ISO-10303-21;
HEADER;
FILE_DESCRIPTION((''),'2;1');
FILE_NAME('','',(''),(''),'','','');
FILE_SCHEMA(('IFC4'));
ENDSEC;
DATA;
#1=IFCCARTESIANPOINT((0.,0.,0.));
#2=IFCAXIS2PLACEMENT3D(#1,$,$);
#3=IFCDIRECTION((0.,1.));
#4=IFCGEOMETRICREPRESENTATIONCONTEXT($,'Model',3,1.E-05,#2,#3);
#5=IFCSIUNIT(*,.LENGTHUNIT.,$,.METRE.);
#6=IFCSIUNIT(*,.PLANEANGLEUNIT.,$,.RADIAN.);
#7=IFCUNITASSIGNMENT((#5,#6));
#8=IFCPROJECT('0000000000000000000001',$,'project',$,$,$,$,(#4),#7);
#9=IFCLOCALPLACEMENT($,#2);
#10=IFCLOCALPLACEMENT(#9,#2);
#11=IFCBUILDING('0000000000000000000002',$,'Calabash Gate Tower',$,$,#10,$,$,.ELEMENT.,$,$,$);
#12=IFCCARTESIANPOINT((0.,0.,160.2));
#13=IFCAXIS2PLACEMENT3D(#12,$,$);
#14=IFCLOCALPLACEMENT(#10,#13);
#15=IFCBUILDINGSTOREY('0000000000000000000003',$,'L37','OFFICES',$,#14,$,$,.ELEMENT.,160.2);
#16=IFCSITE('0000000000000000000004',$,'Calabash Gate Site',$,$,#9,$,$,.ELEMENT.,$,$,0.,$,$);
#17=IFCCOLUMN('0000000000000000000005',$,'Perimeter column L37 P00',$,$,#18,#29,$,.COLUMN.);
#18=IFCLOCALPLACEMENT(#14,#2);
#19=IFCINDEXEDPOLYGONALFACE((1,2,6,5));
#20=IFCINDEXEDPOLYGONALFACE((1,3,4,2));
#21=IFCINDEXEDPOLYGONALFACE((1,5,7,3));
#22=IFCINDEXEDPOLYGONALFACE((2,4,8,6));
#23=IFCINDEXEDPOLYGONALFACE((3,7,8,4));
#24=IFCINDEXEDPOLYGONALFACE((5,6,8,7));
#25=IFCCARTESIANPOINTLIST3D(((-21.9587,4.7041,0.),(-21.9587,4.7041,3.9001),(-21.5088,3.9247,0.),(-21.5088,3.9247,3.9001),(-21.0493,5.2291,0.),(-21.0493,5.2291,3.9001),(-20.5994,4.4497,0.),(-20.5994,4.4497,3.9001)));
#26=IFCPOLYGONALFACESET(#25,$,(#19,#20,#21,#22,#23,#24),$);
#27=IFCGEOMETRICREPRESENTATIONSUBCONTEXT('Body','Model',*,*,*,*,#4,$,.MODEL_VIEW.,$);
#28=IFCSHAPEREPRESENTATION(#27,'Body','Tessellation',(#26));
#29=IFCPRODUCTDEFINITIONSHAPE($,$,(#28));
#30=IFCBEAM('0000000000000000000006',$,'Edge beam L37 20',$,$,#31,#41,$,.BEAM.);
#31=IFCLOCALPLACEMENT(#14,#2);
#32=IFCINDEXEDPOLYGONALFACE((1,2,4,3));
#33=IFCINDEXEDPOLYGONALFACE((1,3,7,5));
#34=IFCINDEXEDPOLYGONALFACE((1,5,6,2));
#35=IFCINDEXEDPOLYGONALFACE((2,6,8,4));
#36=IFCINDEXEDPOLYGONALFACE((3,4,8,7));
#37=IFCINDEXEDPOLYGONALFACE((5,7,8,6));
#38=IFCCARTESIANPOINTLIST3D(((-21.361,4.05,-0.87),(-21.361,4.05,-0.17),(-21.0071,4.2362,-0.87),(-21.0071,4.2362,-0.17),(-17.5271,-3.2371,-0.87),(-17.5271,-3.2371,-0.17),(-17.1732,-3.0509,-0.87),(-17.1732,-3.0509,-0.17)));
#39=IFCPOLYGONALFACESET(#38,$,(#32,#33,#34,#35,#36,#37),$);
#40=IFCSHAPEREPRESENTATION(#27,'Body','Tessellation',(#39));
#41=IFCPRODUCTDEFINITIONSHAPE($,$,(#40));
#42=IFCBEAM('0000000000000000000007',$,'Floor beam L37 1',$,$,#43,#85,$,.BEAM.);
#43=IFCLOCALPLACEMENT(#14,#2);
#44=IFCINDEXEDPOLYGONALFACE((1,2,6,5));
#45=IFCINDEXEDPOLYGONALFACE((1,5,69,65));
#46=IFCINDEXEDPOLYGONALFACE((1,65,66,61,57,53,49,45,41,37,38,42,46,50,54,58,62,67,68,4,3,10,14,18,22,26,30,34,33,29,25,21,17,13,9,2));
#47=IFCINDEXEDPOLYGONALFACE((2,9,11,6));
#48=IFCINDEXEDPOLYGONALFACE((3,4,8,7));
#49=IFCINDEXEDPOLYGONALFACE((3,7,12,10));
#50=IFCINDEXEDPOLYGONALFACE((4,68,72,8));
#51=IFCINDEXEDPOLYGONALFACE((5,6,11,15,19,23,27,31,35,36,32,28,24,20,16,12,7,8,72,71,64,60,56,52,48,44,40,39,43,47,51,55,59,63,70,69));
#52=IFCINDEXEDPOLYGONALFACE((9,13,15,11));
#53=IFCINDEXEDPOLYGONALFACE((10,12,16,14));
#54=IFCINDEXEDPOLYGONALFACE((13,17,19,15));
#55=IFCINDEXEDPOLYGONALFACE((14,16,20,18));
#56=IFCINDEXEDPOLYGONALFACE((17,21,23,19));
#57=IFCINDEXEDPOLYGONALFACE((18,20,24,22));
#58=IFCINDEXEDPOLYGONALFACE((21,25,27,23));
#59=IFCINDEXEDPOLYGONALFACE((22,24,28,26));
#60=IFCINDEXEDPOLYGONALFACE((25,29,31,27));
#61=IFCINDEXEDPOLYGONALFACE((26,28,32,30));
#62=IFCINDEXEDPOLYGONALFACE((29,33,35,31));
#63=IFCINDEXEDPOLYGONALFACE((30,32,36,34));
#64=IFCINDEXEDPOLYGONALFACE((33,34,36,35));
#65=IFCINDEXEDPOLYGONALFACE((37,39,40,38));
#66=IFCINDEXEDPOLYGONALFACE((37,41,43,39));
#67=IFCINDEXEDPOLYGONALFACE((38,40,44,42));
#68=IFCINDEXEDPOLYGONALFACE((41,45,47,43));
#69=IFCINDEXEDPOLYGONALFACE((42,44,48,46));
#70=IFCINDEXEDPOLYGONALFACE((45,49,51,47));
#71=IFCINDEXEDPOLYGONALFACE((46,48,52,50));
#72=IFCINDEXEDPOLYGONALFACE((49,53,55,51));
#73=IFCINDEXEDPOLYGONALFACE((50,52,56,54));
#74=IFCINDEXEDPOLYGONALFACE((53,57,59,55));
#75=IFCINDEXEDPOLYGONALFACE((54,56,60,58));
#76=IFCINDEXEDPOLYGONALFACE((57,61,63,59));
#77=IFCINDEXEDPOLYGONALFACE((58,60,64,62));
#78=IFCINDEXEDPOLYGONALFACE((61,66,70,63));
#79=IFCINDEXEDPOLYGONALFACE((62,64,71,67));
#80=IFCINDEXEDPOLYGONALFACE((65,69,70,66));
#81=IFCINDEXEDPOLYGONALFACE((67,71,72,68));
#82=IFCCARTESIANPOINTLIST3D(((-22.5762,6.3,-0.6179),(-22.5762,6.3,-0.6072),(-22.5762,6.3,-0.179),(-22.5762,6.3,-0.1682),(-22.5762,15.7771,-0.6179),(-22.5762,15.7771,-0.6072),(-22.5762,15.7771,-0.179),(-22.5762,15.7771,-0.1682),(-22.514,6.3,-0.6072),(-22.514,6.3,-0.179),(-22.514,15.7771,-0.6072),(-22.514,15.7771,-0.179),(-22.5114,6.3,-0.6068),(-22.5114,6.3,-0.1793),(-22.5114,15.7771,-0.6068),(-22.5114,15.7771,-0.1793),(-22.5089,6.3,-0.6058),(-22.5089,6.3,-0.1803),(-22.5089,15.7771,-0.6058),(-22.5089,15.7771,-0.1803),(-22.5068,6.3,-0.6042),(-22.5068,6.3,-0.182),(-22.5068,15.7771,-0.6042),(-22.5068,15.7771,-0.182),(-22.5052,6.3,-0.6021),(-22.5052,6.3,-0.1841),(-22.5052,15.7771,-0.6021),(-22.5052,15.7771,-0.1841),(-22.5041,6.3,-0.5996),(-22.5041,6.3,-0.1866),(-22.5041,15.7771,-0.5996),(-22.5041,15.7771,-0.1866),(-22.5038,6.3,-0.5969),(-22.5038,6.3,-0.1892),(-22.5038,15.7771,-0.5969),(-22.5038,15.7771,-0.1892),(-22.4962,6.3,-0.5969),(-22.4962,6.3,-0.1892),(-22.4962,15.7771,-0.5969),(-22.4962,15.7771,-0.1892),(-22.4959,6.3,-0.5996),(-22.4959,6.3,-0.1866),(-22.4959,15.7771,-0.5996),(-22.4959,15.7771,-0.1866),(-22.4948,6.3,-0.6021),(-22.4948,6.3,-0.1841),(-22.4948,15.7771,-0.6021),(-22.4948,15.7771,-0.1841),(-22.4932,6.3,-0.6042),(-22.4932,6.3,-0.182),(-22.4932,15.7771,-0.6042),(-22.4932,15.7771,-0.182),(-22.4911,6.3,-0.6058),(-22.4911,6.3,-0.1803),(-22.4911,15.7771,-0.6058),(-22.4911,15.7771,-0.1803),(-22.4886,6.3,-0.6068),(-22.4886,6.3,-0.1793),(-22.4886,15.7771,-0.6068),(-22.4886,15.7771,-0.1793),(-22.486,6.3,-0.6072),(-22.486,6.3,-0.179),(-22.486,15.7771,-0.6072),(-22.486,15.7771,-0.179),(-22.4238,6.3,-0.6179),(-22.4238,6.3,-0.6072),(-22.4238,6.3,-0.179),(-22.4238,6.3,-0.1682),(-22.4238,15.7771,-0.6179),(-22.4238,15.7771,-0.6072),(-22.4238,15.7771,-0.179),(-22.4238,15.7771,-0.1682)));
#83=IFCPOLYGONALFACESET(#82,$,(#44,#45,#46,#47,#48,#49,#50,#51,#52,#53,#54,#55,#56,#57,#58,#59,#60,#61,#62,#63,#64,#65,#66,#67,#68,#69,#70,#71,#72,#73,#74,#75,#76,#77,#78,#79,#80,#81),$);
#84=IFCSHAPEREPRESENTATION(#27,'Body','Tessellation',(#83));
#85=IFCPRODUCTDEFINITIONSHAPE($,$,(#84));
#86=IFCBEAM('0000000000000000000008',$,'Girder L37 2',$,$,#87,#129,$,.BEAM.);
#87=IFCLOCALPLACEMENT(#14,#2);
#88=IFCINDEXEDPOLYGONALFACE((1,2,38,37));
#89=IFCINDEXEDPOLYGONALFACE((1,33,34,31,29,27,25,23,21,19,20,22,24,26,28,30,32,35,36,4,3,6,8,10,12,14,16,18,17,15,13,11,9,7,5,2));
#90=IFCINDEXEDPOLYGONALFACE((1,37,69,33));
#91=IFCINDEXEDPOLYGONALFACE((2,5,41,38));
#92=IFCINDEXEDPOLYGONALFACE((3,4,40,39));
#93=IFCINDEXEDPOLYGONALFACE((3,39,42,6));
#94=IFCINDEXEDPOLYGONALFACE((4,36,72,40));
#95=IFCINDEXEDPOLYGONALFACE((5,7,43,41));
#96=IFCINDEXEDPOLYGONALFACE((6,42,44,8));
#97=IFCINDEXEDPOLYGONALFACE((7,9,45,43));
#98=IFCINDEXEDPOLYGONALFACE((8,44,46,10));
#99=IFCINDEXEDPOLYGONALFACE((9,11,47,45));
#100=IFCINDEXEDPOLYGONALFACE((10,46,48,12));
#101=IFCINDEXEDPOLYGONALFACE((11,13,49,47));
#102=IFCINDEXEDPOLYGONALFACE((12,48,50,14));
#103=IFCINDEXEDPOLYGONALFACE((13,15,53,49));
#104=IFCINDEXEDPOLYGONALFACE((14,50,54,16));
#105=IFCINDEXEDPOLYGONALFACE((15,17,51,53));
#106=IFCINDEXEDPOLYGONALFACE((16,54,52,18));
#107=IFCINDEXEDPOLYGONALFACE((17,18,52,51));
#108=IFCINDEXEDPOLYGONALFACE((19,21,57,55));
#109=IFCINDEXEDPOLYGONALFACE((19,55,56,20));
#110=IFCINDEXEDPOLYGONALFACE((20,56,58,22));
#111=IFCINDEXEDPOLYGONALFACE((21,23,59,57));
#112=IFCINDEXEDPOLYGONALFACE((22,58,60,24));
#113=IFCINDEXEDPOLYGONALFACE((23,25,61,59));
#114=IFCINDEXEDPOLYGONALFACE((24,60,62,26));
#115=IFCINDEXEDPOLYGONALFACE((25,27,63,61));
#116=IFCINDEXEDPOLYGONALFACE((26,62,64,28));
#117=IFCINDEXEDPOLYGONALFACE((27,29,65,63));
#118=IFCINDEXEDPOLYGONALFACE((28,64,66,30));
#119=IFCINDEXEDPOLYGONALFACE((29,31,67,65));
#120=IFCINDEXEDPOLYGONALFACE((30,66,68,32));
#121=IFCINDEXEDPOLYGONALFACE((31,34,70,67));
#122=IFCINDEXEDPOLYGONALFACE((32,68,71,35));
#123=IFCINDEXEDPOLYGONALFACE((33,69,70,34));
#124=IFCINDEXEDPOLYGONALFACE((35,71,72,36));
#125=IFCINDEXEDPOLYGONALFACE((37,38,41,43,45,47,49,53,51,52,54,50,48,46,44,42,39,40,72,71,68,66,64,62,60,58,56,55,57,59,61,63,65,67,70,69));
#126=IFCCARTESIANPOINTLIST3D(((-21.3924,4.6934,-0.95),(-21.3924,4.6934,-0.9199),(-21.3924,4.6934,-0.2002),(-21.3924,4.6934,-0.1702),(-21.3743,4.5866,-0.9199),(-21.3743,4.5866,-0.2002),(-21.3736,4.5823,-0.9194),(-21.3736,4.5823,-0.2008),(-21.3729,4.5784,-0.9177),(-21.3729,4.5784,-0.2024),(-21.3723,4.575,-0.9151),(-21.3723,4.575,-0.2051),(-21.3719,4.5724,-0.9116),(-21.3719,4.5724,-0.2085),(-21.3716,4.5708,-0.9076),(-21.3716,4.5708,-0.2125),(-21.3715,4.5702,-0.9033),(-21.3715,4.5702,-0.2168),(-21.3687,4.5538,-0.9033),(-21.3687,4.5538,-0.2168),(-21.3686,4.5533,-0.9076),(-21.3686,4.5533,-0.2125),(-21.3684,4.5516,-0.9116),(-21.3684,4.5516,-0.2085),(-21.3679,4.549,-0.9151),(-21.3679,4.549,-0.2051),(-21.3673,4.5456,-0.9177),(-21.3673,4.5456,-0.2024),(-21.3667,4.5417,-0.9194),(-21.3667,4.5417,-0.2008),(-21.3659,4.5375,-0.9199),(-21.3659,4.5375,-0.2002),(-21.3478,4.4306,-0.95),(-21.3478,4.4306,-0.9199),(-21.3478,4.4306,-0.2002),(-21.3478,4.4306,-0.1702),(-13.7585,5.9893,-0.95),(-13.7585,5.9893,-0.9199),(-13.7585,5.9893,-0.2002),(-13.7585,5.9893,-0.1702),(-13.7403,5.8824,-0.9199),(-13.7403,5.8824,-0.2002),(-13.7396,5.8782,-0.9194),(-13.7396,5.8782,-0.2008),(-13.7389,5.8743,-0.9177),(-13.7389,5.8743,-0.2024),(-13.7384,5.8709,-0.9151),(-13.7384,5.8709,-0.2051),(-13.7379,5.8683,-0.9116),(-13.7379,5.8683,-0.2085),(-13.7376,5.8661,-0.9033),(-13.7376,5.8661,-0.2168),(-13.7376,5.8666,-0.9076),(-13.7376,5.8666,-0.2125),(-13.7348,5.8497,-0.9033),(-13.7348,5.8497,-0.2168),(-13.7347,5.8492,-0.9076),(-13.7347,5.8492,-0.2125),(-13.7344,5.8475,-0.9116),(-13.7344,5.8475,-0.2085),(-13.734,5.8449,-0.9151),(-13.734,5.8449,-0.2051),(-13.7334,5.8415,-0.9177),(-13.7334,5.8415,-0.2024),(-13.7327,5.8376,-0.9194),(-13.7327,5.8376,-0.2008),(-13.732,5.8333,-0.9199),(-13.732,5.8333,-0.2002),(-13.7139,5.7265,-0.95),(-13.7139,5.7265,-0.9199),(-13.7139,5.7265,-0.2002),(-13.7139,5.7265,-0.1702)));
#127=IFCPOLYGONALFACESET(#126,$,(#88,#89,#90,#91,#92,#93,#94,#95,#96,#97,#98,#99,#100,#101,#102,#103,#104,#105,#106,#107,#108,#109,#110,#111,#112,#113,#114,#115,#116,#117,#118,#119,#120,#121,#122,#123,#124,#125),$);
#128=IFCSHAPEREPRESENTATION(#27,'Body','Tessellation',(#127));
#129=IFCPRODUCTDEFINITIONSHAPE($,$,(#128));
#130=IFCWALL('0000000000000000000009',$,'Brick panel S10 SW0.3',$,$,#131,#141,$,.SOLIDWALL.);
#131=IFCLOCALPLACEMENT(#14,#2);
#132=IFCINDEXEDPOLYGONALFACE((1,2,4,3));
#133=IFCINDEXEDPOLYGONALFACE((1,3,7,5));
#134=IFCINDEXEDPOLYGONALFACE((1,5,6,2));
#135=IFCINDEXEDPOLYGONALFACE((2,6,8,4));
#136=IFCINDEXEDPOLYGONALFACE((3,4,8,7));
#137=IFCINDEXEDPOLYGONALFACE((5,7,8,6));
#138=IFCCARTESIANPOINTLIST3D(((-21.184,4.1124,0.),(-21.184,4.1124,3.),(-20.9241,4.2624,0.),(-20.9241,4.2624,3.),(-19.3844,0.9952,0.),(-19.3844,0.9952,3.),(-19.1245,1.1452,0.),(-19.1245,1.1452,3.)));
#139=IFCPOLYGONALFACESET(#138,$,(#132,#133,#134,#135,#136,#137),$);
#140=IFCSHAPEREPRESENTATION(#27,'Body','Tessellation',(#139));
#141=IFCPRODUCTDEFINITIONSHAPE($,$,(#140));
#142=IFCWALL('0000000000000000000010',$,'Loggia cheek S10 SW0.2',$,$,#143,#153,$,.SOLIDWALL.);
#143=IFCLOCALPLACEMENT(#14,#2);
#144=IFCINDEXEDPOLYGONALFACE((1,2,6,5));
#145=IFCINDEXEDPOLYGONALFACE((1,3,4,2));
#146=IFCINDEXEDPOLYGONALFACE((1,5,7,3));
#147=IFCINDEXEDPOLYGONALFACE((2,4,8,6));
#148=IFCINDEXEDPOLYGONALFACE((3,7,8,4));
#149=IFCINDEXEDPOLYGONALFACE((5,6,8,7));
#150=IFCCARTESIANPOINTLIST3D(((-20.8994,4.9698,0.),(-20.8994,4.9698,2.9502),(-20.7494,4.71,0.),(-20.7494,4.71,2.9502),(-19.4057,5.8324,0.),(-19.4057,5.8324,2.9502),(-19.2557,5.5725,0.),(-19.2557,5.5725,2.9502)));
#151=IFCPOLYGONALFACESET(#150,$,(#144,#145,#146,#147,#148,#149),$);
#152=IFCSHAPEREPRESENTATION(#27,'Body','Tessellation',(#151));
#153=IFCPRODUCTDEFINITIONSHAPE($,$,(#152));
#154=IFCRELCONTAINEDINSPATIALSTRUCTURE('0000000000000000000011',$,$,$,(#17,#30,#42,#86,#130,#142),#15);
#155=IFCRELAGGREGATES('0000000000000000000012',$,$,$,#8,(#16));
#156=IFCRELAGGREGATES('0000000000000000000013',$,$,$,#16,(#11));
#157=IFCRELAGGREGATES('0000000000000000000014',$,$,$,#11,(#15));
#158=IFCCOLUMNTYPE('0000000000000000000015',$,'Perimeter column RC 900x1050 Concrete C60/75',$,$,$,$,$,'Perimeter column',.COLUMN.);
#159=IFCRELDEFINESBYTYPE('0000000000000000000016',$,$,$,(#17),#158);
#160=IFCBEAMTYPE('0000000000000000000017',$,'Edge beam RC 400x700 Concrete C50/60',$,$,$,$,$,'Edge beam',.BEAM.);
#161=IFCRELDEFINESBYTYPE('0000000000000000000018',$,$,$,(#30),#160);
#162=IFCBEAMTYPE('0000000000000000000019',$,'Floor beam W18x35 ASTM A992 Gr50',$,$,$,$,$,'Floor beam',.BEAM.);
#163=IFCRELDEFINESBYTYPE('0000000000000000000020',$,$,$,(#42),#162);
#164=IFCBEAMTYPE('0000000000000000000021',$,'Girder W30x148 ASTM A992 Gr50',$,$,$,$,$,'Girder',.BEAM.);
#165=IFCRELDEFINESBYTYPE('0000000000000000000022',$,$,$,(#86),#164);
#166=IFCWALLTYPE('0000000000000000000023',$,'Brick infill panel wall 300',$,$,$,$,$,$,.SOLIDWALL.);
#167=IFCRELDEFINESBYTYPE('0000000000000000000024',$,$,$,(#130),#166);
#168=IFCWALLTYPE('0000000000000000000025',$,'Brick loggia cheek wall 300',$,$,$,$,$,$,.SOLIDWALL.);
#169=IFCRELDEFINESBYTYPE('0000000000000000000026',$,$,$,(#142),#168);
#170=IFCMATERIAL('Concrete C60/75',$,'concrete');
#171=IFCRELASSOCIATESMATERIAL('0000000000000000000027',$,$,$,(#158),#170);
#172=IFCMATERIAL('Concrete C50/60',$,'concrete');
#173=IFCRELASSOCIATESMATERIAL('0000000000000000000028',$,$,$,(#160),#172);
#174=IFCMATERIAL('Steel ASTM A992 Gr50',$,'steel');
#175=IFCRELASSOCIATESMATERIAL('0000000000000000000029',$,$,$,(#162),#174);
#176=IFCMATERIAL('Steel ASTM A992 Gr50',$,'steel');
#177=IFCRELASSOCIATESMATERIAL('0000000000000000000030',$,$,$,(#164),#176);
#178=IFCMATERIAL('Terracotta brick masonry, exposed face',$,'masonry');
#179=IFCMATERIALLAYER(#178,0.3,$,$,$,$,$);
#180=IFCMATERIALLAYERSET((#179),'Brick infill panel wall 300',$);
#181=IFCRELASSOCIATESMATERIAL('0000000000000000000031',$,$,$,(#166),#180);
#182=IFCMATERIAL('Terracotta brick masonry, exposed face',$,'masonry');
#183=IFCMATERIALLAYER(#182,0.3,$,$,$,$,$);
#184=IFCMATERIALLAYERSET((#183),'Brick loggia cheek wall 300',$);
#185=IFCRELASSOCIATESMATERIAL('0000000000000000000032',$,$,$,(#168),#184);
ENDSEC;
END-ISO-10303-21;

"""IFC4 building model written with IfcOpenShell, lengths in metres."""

from ifc_helpers import new_model, si_unit, direction, frame, frame_2d, origin, origin_2d, place, context, subcontext, project, spatial, rectangle, i_section, extrude, material, layer, layer_set, material_profile, profile_set, type_object, element, save


model = new_model("IFC4")

# Units and contexts
model_context = context("Model", 3, precision=1e-05, world=origin(), true_north=direction((0.0, 1.0)))
body_context = subcontext(model_context, "Body", "Model", "MODEL_VIEW")
ifc_project = project(units=[si_unit("LENGTHUNIT", "METRE"), si_unit("PLANEANGLEUNIT", "RADIAN")], contexts=[model_context])

# Site, building, storey
site_placement = place(None, origin())
site = spatial("IfcSite", under=ifc_project, at=site_placement, Name="Calabash Gate Site", CompositionType="ELEMENT", RefElevation=0.0)
building_placement = place(site_placement, origin())
building = spatial("IfcBuilding", under=site, at=building_placement, Name="Calabash Gate Tower", CompositionType="ELEMENT")
storey_placement = place(building_placement, frame((0.0, 0.0, 160.2)))
storey = spatial("IfcBuildingStorey", under=building, at=storey_placement, Name="L37", Description="OFFICES", CompositionType="ELEMENT", Elevation=160.2)

# Column
ifc_material_1 = material(Name="Concrete C60/75", Category="concrete")
ifc_material_profile_1 = material_profile(ifc_material_1, rectangle(XDim=0.8999, YDim=1.05, at=origin_2d()))
ifc_profile_set_1 = profile_set([ifc_material_profile_1], Name="Concrete C60/75")
column_type = type_object("IfcColumnType", Name="Perimeter column RC 900x1050 Concrete C60/75", ElementType="Perimeter column", PredefinedType="COLUMN", material=ifc_profile_set_1)
column_placement = place(storey_placement, frame((-21.2791, 4.5769, 0.0), z_axis=(0.0, 0.0, 1.0), x_axis=(0.5, -0.866025, 0.0)))
element("IfcColumn", 1, at=column_placement, inside=storey, type_object=column_type, Name="Perimeter column L37 P00", PredefinedType="COLUMN", context=body_context, shape_type="SweptSolid", body=[
    extrude(rectangle(XDim=0.8999, YDim=1.05, at=origin_2d()), origin(), (0.0, 0.0, 1.0), 3.9001),
])

# Beams
ifc_material_2 = material(Name="Concrete C50/60", Category="concrete")
ifc_material_profile_2 = material_profile(ifc_material_2, rectangle(XDim=0.3999, YDim=0.7, at=origin_2d()))
ifc_profile_set_2 = profile_set([ifc_material_profile_2], Name="Concrete C50/60")
beam_type_1 = type_object("IfcBeamType", Name="Edge beam RC 400x700 Concrete C50/60", ElementType="Edge beam", PredefinedType="BEAM", material=ifc_profile_set_2)
beam_1_placement = place(storey_placement, frame((-21.1841, 4.1431, -0.52), z_axis=(0.465619, -0.884985, 0.0), x_axis=(0.884985, 0.465619, 0.0)))
element("IfcBeam", 2, at=beam_1_placement, inside=storey, type_object=beam_type_1, Name="Edge beam L37 20", PredefinedType="BEAM", context=body_context, shape_type="SweptSolid", body=[
    extrude(rectangle(XDim=0.3999, YDim=0.7, at=origin_2d()), origin(), (0.0, 0.0, 1.0), 8.2341),
])
ifc_material_3 = material(Name="Steel ASTM A992 Gr50", Category="steel")
ifc_material_profile_3 = material_profile(ifc_material_3, i_section(OverallWidth=0.1523, OverallDepth=0.4497, WebThickness=0.0076, FlangeThickness=0.0107, FilletRadius=0.0103, at=origin_2d()))
ifc_profile_set_3 = profile_set([ifc_material_profile_3], Name="Steel ASTM A992 Gr50")
beam_type_2 = type_object("IfcBeamType", Name="Floor beam W18x35 ASTM A992 Gr50", ElementType="Floor beam", PredefinedType="BEAM", material=ifc_profile_set_3)
beam_2_placement = place(storey_placement, frame((-22.5, 6.3, -0.3931), z_axis=(0.0, 1.0, 0.0), x_axis=(-1.0, 0.0, 0.0)))
element("IfcBeam", 3, at=beam_2_placement, inside=storey, type_object=beam_type_2, Name="Floor beam L37 1", PredefinedType="BEAM", context=body_context, shape_type="SweptSolid", body=[
    extrude(i_section(OverallWidth=0.1523, OverallDepth=0.4497, WebThickness=0.0076, FlangeThickness=0.0107, FilletRadius=0.0103, at=origin_2d()), origin(), (0.0, 0.0, 1.0), 9.4771),
])
ifc_material_4 = material(Name="Steel ASTM A992 Gr50", Category="steel")
ifc_material_profile_4 = material_profile(ifc_material_4, i_section(OverallWidth=0.2666, OverallDepth=0.7798, WebThickness=0.0166, FlangeThickness=0.03, FilletRadius=0.0166, at=origin_2d()))
ifc_profile_set_4 = profile_set([ifc_material_profile_4], Name="Steel ASTM A992 Gr50")
beam_type_3 = type_object("IfcBeamType", Name="Girder W30x148 ASTM A992 Gr50", ElementType="Girder", PredefinedType="BEAM", material=ifc_profile_set_4)
beam_3_placement = place(storey_placement, frame((-21.3701, 4.562, -0.5601), z_axis=(0.985896, 0.167359, 0.0), x_axis=(-0.167359, 0.985896, 0.0)))
element("IfcBeam", 4, at=beam_3_placement, inside=storey, type_object=beam_type_3, Name="Girder L37 2", PredefinedType="BEAM", context=body_context, shape_type="SweptSolid", body=[
    extrude(i_section(OverallWidth=0.2666, OverallDepth=0.7798, WebThickness=0.0166, FlangeThickness=0.03, FilletRadius=0.0166, at=origin_2d()), origin(), (0.0, 0.0, 1.0), 7.7432),
])

# Walls
ifc_material_5 = material(Name="Terracotta brick masonry, exposed face", Category="masonry")
ifc_layer_1 = layer(ifc_material_5, 0.3)
ifc_layer_set_1 = layer_set([ifc_layer_1], Name="Brick infill panel wall 300")
wall_type_1 = type_object("IfcWallType", Name="Brick infill panel wall 300", PredefinedType="SOLIDWALL", material=ifc_layer_set_1)
wall_1_placement = place(storey_placement, frame((-19.2544, 1.0701, 0.0), z_axis=(0.0, 0.0, 1.0), x_axis=(-0.499969, 0.866043, 0.0)))
element("IfcWall", 5, at=wall_1_placement, inside=storey, type_object=wall_type_1, Name="Brick panel S10 SW0.3", PredefinedType="SOLIDWALL", context=body_context, shape_type="SweptSolid", body=[
    extrude(rectangle(XDim=3.5994, YDim=0.3, at=frame_2d((1.7998, 0.0))), origin(), (0.0, 0.0, 1.0), 3.0),
])
ifc_material_6 = material(Name="Terracotta brick masonry, exposed face", Category="masonry")
ifc_layer_2 = layer(ifc_material_6, 0.3)
ifc_layer_set_2 = layer_set([ifc_layer_2], Name="Brick loggia cheek wall 300")
wall_type_2 = type_object("IfcWallType", Name="Brick loggia cheek wall 300", PredefinedType="SOLIDWALL", material=ifc_layer_set_2)
wall_2_placement = place(storey_placement, frame((-19.3308, 5.7024, 0.0), z_axis=(0.0, 0.0, 1.0), x_axis=(-0.865978, -0.500082, 0.0)))
element("IfcWall", 6, at=wall_2_placement, inside=storey, type_object=wall_type_2, Name="Loggia cheek S10 SW0.2", PredefinedType="SOLIDWALL", context=body_context, shape_type="SweptSolid", body=[
    extrude(rectangle(XDim=1.7249, YDim=0.3, at=frame_2d((0.8623, 0.0))), origin(), (0.0, 0.0, 1.0), 2.9502),
])

save(model, "model.ifc")
